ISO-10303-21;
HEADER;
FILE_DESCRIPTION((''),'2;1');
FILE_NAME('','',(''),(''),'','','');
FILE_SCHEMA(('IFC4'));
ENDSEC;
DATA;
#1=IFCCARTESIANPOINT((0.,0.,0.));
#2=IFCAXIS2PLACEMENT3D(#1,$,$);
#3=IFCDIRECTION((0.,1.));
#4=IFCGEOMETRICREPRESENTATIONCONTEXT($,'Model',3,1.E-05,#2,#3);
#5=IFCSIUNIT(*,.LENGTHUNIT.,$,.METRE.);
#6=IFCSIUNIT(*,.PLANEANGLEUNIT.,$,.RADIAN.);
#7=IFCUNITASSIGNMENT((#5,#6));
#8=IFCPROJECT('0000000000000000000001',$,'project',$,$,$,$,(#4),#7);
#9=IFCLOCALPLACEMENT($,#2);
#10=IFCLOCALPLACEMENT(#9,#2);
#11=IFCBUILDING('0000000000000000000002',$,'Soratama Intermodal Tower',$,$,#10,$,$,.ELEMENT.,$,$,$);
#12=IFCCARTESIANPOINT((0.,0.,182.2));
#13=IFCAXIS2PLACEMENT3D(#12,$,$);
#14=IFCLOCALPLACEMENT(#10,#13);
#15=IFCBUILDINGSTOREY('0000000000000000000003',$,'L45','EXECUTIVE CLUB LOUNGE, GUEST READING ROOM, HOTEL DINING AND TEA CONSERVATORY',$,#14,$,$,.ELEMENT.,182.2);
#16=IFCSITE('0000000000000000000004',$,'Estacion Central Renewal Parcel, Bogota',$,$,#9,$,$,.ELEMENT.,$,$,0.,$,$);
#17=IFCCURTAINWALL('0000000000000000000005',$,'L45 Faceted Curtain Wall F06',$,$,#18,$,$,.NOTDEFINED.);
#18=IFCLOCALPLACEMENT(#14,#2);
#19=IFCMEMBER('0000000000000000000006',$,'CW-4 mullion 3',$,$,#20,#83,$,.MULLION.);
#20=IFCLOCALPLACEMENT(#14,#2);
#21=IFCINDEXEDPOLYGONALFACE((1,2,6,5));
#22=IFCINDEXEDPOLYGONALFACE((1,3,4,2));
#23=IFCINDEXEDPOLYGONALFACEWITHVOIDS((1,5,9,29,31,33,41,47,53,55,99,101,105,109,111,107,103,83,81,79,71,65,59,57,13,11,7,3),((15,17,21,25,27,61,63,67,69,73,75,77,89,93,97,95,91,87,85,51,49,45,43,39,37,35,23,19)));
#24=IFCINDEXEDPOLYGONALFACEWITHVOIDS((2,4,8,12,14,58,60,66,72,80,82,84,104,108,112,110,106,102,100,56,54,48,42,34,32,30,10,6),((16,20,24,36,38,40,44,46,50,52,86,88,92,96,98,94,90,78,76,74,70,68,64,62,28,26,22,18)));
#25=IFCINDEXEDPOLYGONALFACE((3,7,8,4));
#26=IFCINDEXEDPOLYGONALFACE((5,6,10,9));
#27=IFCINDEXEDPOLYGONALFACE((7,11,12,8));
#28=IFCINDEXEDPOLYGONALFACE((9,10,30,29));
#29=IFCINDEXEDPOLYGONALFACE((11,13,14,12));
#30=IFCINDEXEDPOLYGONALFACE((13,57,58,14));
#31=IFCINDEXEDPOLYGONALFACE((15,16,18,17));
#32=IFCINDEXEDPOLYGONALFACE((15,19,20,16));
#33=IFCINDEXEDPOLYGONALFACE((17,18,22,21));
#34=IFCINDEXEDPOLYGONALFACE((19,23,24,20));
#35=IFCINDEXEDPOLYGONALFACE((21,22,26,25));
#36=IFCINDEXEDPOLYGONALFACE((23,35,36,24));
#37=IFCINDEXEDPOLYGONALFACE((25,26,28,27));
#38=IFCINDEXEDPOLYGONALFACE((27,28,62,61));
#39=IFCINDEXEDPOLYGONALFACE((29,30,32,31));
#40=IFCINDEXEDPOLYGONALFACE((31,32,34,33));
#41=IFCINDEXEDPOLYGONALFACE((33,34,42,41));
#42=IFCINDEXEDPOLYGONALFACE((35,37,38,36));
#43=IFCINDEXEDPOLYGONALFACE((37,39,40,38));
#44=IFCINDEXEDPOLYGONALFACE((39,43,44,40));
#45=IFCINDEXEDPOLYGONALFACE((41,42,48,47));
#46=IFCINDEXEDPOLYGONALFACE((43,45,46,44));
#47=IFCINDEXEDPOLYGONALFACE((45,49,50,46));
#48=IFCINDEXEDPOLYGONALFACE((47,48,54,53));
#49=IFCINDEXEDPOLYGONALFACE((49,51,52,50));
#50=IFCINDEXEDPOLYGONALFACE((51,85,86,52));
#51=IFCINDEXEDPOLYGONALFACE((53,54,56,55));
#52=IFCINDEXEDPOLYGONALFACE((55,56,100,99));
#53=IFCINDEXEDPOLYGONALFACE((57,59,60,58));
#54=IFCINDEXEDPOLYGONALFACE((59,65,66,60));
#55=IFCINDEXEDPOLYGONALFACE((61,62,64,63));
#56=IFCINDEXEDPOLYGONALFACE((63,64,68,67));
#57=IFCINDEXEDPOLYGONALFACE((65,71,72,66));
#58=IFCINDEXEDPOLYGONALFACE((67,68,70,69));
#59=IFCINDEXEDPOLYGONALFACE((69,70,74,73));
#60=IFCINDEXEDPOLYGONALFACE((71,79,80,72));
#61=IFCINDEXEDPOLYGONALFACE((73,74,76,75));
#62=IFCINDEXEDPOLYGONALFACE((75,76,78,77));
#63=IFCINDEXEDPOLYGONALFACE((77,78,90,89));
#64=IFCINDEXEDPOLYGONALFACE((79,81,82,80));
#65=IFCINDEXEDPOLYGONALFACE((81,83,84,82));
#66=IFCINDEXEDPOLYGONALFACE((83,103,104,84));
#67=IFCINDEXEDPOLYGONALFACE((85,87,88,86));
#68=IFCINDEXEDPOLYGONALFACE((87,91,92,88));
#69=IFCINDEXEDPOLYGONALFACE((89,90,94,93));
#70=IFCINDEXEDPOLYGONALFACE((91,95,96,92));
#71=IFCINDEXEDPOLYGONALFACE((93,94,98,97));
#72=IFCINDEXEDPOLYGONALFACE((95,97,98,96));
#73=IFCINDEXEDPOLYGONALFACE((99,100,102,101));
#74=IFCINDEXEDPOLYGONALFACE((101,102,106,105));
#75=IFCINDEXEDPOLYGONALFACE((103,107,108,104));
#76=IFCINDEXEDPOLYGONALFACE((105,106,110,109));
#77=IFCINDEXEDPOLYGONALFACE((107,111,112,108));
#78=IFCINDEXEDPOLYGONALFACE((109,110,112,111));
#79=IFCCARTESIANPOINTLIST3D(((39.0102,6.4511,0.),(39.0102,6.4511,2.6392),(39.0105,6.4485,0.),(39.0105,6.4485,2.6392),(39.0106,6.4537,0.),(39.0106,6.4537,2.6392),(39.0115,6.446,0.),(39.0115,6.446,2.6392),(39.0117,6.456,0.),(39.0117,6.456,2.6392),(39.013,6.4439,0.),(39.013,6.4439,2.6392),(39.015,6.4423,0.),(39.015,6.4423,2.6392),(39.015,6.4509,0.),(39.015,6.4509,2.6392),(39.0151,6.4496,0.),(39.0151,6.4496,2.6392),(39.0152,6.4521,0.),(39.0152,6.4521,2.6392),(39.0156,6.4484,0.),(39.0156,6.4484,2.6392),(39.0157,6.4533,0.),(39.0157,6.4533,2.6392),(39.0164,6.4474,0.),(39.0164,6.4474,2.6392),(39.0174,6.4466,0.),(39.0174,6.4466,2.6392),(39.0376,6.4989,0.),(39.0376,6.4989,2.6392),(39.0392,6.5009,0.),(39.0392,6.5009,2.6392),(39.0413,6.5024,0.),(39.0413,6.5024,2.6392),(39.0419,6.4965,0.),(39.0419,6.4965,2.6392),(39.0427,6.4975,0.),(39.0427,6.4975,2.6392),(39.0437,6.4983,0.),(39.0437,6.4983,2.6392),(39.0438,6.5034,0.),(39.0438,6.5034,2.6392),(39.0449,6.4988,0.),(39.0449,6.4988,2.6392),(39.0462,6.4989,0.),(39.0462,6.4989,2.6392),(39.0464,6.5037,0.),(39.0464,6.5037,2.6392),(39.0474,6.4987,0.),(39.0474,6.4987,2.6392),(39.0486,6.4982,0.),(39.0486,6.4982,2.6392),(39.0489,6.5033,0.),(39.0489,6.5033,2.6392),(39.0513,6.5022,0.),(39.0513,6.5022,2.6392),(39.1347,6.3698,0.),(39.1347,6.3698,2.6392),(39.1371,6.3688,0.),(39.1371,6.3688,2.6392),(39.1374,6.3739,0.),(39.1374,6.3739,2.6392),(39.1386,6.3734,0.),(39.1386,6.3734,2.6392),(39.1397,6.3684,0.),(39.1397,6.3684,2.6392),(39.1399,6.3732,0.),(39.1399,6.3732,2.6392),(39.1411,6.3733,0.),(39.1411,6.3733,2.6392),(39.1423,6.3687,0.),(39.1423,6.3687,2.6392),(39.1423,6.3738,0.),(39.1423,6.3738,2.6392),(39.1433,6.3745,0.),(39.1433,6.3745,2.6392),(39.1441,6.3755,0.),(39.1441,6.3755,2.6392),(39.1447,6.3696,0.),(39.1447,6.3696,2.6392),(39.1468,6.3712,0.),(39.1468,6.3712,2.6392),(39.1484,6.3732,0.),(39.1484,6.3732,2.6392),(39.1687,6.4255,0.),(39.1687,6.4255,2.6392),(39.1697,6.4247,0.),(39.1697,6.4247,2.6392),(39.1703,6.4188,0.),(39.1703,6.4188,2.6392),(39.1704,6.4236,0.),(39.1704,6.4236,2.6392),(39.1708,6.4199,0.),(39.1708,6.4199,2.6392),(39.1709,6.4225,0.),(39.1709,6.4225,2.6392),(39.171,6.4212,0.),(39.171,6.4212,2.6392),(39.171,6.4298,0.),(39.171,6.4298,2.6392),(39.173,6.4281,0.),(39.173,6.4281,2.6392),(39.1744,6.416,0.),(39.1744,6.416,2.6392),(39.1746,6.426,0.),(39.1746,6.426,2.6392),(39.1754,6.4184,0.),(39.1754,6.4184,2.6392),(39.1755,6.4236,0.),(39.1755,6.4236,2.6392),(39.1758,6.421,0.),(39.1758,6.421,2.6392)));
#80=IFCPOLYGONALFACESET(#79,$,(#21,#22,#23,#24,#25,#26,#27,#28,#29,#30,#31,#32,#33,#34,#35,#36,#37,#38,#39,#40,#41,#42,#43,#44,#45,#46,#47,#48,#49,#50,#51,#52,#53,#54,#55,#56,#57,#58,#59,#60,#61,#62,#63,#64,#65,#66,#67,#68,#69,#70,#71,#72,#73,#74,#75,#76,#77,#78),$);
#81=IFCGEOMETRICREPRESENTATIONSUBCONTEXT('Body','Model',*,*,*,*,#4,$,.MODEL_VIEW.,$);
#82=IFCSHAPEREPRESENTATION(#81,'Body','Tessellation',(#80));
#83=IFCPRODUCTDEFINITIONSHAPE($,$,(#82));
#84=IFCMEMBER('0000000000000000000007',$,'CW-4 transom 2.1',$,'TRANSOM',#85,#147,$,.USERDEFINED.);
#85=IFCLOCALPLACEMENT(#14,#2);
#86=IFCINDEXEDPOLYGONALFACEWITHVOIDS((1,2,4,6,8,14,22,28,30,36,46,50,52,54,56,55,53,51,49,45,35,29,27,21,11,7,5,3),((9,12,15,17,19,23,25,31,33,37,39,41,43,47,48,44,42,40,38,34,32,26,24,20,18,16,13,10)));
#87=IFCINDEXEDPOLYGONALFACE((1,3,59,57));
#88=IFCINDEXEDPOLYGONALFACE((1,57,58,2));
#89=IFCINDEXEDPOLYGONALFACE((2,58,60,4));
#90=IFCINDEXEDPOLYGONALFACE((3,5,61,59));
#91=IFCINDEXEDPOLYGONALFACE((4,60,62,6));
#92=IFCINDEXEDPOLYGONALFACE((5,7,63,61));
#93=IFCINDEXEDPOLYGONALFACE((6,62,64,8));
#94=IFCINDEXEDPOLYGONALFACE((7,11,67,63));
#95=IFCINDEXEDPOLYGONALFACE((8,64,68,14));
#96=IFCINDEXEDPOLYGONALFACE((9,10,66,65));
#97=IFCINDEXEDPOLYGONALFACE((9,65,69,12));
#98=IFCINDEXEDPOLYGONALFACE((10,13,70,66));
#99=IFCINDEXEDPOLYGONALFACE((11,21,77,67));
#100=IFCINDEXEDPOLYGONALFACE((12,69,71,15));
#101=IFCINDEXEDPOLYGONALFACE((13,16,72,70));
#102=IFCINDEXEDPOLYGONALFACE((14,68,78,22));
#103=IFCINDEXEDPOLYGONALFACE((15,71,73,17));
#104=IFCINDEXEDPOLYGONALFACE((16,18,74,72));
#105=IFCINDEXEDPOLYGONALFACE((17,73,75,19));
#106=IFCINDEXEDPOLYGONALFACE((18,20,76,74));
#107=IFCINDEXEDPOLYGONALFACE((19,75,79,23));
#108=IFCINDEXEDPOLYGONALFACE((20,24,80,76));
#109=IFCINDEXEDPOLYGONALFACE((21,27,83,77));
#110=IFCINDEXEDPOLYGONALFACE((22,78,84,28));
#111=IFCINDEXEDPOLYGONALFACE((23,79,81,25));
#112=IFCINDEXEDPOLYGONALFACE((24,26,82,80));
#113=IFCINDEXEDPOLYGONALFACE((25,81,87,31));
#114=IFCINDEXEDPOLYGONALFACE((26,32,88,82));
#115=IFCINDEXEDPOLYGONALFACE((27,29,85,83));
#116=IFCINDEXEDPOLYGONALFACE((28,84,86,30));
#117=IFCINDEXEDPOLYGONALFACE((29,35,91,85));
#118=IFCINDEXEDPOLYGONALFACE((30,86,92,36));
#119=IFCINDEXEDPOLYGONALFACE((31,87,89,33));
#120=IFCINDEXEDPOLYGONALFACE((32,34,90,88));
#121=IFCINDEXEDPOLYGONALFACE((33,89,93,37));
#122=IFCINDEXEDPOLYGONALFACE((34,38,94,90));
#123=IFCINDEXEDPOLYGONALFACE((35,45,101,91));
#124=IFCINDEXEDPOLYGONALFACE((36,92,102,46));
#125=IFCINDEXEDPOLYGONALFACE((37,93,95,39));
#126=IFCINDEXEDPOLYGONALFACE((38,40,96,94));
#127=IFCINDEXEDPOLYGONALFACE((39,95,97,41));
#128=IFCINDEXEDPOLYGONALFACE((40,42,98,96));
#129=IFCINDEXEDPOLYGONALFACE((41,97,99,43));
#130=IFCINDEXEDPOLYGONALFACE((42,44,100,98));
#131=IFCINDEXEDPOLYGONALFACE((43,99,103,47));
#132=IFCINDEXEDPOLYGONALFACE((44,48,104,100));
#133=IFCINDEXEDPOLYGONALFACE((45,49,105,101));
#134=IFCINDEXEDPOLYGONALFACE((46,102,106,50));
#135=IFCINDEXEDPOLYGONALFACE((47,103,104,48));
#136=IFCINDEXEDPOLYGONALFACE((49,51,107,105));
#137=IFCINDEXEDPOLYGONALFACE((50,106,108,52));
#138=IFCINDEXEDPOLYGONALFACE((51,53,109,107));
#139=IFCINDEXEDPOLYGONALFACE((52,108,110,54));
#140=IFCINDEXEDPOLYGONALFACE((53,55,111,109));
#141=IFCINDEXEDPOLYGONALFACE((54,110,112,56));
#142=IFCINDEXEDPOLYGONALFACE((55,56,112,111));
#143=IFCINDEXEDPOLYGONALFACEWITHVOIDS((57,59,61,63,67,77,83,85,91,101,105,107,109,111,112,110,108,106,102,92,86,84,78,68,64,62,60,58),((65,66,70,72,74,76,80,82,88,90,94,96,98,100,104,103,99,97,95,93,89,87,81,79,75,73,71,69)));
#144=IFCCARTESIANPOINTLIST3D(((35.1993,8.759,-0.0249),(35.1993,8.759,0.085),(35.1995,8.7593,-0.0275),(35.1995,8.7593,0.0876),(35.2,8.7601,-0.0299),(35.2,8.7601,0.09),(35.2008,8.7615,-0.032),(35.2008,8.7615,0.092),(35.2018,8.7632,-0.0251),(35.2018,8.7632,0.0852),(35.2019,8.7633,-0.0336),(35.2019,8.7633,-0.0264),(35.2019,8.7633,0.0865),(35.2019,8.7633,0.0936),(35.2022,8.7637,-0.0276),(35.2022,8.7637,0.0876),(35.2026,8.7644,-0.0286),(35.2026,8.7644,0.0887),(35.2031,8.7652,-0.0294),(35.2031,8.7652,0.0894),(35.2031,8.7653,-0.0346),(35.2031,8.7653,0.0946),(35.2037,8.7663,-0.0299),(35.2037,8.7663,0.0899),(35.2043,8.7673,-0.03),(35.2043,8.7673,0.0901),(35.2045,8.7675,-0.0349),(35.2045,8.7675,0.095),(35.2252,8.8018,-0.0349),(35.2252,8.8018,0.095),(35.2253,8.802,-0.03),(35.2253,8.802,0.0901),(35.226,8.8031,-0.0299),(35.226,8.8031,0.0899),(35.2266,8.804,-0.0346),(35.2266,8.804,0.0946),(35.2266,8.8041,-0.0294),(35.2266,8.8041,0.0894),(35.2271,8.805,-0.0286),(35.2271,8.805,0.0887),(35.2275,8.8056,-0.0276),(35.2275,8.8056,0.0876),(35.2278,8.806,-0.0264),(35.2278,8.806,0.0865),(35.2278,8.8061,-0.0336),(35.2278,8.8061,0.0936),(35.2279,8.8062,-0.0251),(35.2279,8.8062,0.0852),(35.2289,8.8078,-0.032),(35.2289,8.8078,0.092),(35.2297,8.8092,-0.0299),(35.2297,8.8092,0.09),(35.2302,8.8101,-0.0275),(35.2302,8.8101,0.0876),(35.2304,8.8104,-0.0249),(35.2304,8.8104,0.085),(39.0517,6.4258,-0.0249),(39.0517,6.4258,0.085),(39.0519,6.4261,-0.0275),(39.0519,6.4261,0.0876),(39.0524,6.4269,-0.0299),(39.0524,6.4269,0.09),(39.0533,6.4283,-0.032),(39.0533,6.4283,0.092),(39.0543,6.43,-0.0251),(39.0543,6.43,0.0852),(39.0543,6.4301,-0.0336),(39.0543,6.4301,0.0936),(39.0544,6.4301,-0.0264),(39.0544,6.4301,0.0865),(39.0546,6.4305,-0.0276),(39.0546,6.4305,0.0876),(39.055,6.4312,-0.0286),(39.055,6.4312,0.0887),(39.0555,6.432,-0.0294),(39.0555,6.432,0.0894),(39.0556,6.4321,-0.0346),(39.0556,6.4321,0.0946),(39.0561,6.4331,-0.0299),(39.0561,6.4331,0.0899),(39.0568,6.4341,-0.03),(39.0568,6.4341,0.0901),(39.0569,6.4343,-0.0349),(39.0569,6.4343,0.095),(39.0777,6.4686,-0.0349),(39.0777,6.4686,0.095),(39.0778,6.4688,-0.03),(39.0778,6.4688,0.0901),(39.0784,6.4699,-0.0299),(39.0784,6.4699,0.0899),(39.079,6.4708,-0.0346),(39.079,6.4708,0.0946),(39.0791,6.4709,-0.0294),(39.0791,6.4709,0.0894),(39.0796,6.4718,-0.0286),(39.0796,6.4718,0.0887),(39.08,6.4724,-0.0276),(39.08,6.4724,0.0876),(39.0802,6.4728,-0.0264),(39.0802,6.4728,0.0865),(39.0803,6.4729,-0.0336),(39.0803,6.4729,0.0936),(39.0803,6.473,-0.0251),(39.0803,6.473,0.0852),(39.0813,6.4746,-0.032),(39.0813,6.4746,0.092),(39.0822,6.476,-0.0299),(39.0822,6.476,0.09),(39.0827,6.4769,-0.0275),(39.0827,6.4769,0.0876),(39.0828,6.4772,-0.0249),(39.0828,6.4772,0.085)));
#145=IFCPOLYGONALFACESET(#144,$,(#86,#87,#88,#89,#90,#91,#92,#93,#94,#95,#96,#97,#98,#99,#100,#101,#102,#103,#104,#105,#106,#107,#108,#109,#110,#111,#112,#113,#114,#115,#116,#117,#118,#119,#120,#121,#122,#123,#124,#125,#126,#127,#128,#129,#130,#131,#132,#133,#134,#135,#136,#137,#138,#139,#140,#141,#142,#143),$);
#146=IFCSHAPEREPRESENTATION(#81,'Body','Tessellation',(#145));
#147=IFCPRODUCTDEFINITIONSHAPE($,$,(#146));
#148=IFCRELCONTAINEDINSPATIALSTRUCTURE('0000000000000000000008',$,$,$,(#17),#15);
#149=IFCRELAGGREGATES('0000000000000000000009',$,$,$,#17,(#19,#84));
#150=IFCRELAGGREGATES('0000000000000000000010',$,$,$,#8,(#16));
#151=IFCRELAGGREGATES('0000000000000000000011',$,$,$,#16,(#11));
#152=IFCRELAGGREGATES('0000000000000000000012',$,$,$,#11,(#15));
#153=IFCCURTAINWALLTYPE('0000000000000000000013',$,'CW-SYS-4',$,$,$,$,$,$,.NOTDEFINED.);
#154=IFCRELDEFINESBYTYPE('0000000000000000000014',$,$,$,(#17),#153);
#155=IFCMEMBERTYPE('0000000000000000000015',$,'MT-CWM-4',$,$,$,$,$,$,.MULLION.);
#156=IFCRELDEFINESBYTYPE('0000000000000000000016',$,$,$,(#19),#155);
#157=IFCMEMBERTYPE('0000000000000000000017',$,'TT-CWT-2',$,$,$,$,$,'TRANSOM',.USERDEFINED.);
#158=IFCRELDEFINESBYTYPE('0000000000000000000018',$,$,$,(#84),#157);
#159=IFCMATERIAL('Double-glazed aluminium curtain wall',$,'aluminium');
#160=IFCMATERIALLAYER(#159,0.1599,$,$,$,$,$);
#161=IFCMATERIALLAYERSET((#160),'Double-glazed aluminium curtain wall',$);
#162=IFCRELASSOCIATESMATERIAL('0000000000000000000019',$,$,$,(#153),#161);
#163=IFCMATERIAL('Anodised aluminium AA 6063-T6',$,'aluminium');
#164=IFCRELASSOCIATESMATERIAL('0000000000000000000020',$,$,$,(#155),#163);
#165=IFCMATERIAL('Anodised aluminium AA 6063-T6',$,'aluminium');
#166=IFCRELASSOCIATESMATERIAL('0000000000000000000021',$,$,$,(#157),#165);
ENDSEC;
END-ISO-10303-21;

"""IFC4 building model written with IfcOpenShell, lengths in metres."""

from ifc_helpers import new_model, si_unit, direction, frame, origin, origin_2d, place, context, subcontext, project, spatial, hollow_rectangle, extrude, material, layer, layer_set, material_profile, profile_set, type_object, element, aggregate, save


model = new_model("IFC4")

# Units and contexts
model_context = context("Model", 3, precision=1e-05, world=origin(), true_north=direction((0.0, 1.0)))
body_context = subcontext(model_context, "Body", "Model", "MODEL_VIEW")
ifc_project = project(units=[si_unit("LENGTHUNIT", "METRE"), si_unit("PLANEANGLEUNIT", "RADIAN")], contexts=[model_context])

# Site, building, storey
site_placement = place(None, origin())
site = spatial("IfcSite", under=ifc_project, at=site_placement, Name="Estacion Central Renewal Parcel, Bogota", CompositionType="ELEMENT", RefElevation=0.0)
building_placement = place(site_placement, origin())
building = spatial("IfcBuilding", under=site, at=building_placement, Name="Soratama Intermodal Tower", CompositionType="ELEMENT")
storey_placement = place(building_placement, frame((0.0, 0.0, 182.2)))
storey = spatial("IfcBuildingStorey", under=building, at=storey_placement, Name="L45", Description="EXECUTIVE CLUB LOUNGE, GUEST READING ROOM, HOTEL DINING AND TEA CONSERVATORY", CompositionType="ELEMENT", Elevation=182.2)

# Curtain wall, members
ifc_material_1 = material(Name="Double-glazed aluminium curtain wall", Category="aluminium")
ifc_layer_1 = layer(ifc_material_1, 0.1599)
ifc_layer_set_1 = layer_set([ifc_layer_1], Name="Double-glazed aluminium curtain wall")
curtain_wall_type = type_object("IfcCurtainWallType", Name="CW-SYS-4", PredefinedType="NOTDEFINED", material=ifc_layer_set_1)
curtain_wall_placement = place(storey_placement, origin())
curtain_wall = element("IfcCurtainWall", 1, at=curtain_wall_placement, inside=storey, type_object=curtain_wall_type, Name="L45 Faceted Curtain Wall F06", PredefinedType="NOTDEFINED")
ifc_material_2 = material(Name="Anodised aluminium AA 6063-T6", Category="aluminium")
ifc_material_profile_1 = material_profile(ifc_material_2, hollow_rectangle(XDim=0.0701, YDim=0.1599, WallThickness=0.0049, InnerFilletRadius=0.0049, OuterFilletRadius=0.01, at=origin_2d()), Name="CWM160X70X5")
ifc_profile_set_1 = profile_set([ifc_material_profile_1], Name="Anodised aluminium AA 6063-T6")
member_type_1 = type_object("IfcMemberType", Name="MT-CWM-4", PredefinedType="MULLION", material=ifc_profile_set_1)
member_1_placement = place(storey_placement, frame((39.093, 6.436, 0.0), z_axis=(0.0, 0.0, 1.0), x_axis=(0.518027, 0.855364, 0.0)))
member_1 = element("IfcMember", 2, at=member_1_placement, type_object=member_type_1, Name="CW-4 mullion 3", PredefinedType="MULLION", context=body_context, shape_type="SweptSolid", body=[
    extrude(hollow_rectangle(XDim=0.0701, YDim=0.1599, WallThickness=0.0049, InnerFilletRadius=0.0049, OuterFilletRadius=0.01, at=origin_2d()), origin(), (0.0, 0.0, 1.0), 2.6392),
])
ifc_material_3 = material(Name="Anodised aluminium AA 6063-T6", Category="aluminium")
ifc_material_profile_2 = material_profile(ifc_material_3, hollow_rectangle(XDim=0.0601, YDim=0.1299, WallThickness=0.0049, InnerFilletRadius=0.0049, OuterFilletRadius=0.01, at=origin_2d()), Name="CWT130X60X5")
ifc_profile_set_2 = profile_set([ifc_material_profile_2], Name="Anodised aluminium AA 6063-T6")
member_type_2 = type_object("IfcMemberType", Name="TT-CWT-2", ElementType="TRANSOM", PredefinedType="USERDEFINED", material=ifc_profile_set_2)
member_2_placement = place(storey_placement, frame((35.2148, 8.7847, 0.03), z_axis=(0.855357, -0.518039, 0.0), x_axis=(0.518039, 0.855357, 0.0)))
member_2 = element("IfcMember", 3, at=member_2_placement, type_object=member_type_2, Name="CW-4 transom 2.1", ObjectType="TRANSOM", PredefinedType="USERDEFINED", context=body_context, shape_type="SweptSolid", body=[
    extrude(hollow_rectangle(XDim=0.0601, YDim=0.1299, WallThickness=0.0049, InnerFilletRadius=0.0049, OuterFilletRadius=0.01, at=origin_2d()), origin(), (0.0, 0.0, 1.0), 4.5039),
])
aggregate(curtain_wall, [member_1, member_2])

save(model, "model.ifc")
